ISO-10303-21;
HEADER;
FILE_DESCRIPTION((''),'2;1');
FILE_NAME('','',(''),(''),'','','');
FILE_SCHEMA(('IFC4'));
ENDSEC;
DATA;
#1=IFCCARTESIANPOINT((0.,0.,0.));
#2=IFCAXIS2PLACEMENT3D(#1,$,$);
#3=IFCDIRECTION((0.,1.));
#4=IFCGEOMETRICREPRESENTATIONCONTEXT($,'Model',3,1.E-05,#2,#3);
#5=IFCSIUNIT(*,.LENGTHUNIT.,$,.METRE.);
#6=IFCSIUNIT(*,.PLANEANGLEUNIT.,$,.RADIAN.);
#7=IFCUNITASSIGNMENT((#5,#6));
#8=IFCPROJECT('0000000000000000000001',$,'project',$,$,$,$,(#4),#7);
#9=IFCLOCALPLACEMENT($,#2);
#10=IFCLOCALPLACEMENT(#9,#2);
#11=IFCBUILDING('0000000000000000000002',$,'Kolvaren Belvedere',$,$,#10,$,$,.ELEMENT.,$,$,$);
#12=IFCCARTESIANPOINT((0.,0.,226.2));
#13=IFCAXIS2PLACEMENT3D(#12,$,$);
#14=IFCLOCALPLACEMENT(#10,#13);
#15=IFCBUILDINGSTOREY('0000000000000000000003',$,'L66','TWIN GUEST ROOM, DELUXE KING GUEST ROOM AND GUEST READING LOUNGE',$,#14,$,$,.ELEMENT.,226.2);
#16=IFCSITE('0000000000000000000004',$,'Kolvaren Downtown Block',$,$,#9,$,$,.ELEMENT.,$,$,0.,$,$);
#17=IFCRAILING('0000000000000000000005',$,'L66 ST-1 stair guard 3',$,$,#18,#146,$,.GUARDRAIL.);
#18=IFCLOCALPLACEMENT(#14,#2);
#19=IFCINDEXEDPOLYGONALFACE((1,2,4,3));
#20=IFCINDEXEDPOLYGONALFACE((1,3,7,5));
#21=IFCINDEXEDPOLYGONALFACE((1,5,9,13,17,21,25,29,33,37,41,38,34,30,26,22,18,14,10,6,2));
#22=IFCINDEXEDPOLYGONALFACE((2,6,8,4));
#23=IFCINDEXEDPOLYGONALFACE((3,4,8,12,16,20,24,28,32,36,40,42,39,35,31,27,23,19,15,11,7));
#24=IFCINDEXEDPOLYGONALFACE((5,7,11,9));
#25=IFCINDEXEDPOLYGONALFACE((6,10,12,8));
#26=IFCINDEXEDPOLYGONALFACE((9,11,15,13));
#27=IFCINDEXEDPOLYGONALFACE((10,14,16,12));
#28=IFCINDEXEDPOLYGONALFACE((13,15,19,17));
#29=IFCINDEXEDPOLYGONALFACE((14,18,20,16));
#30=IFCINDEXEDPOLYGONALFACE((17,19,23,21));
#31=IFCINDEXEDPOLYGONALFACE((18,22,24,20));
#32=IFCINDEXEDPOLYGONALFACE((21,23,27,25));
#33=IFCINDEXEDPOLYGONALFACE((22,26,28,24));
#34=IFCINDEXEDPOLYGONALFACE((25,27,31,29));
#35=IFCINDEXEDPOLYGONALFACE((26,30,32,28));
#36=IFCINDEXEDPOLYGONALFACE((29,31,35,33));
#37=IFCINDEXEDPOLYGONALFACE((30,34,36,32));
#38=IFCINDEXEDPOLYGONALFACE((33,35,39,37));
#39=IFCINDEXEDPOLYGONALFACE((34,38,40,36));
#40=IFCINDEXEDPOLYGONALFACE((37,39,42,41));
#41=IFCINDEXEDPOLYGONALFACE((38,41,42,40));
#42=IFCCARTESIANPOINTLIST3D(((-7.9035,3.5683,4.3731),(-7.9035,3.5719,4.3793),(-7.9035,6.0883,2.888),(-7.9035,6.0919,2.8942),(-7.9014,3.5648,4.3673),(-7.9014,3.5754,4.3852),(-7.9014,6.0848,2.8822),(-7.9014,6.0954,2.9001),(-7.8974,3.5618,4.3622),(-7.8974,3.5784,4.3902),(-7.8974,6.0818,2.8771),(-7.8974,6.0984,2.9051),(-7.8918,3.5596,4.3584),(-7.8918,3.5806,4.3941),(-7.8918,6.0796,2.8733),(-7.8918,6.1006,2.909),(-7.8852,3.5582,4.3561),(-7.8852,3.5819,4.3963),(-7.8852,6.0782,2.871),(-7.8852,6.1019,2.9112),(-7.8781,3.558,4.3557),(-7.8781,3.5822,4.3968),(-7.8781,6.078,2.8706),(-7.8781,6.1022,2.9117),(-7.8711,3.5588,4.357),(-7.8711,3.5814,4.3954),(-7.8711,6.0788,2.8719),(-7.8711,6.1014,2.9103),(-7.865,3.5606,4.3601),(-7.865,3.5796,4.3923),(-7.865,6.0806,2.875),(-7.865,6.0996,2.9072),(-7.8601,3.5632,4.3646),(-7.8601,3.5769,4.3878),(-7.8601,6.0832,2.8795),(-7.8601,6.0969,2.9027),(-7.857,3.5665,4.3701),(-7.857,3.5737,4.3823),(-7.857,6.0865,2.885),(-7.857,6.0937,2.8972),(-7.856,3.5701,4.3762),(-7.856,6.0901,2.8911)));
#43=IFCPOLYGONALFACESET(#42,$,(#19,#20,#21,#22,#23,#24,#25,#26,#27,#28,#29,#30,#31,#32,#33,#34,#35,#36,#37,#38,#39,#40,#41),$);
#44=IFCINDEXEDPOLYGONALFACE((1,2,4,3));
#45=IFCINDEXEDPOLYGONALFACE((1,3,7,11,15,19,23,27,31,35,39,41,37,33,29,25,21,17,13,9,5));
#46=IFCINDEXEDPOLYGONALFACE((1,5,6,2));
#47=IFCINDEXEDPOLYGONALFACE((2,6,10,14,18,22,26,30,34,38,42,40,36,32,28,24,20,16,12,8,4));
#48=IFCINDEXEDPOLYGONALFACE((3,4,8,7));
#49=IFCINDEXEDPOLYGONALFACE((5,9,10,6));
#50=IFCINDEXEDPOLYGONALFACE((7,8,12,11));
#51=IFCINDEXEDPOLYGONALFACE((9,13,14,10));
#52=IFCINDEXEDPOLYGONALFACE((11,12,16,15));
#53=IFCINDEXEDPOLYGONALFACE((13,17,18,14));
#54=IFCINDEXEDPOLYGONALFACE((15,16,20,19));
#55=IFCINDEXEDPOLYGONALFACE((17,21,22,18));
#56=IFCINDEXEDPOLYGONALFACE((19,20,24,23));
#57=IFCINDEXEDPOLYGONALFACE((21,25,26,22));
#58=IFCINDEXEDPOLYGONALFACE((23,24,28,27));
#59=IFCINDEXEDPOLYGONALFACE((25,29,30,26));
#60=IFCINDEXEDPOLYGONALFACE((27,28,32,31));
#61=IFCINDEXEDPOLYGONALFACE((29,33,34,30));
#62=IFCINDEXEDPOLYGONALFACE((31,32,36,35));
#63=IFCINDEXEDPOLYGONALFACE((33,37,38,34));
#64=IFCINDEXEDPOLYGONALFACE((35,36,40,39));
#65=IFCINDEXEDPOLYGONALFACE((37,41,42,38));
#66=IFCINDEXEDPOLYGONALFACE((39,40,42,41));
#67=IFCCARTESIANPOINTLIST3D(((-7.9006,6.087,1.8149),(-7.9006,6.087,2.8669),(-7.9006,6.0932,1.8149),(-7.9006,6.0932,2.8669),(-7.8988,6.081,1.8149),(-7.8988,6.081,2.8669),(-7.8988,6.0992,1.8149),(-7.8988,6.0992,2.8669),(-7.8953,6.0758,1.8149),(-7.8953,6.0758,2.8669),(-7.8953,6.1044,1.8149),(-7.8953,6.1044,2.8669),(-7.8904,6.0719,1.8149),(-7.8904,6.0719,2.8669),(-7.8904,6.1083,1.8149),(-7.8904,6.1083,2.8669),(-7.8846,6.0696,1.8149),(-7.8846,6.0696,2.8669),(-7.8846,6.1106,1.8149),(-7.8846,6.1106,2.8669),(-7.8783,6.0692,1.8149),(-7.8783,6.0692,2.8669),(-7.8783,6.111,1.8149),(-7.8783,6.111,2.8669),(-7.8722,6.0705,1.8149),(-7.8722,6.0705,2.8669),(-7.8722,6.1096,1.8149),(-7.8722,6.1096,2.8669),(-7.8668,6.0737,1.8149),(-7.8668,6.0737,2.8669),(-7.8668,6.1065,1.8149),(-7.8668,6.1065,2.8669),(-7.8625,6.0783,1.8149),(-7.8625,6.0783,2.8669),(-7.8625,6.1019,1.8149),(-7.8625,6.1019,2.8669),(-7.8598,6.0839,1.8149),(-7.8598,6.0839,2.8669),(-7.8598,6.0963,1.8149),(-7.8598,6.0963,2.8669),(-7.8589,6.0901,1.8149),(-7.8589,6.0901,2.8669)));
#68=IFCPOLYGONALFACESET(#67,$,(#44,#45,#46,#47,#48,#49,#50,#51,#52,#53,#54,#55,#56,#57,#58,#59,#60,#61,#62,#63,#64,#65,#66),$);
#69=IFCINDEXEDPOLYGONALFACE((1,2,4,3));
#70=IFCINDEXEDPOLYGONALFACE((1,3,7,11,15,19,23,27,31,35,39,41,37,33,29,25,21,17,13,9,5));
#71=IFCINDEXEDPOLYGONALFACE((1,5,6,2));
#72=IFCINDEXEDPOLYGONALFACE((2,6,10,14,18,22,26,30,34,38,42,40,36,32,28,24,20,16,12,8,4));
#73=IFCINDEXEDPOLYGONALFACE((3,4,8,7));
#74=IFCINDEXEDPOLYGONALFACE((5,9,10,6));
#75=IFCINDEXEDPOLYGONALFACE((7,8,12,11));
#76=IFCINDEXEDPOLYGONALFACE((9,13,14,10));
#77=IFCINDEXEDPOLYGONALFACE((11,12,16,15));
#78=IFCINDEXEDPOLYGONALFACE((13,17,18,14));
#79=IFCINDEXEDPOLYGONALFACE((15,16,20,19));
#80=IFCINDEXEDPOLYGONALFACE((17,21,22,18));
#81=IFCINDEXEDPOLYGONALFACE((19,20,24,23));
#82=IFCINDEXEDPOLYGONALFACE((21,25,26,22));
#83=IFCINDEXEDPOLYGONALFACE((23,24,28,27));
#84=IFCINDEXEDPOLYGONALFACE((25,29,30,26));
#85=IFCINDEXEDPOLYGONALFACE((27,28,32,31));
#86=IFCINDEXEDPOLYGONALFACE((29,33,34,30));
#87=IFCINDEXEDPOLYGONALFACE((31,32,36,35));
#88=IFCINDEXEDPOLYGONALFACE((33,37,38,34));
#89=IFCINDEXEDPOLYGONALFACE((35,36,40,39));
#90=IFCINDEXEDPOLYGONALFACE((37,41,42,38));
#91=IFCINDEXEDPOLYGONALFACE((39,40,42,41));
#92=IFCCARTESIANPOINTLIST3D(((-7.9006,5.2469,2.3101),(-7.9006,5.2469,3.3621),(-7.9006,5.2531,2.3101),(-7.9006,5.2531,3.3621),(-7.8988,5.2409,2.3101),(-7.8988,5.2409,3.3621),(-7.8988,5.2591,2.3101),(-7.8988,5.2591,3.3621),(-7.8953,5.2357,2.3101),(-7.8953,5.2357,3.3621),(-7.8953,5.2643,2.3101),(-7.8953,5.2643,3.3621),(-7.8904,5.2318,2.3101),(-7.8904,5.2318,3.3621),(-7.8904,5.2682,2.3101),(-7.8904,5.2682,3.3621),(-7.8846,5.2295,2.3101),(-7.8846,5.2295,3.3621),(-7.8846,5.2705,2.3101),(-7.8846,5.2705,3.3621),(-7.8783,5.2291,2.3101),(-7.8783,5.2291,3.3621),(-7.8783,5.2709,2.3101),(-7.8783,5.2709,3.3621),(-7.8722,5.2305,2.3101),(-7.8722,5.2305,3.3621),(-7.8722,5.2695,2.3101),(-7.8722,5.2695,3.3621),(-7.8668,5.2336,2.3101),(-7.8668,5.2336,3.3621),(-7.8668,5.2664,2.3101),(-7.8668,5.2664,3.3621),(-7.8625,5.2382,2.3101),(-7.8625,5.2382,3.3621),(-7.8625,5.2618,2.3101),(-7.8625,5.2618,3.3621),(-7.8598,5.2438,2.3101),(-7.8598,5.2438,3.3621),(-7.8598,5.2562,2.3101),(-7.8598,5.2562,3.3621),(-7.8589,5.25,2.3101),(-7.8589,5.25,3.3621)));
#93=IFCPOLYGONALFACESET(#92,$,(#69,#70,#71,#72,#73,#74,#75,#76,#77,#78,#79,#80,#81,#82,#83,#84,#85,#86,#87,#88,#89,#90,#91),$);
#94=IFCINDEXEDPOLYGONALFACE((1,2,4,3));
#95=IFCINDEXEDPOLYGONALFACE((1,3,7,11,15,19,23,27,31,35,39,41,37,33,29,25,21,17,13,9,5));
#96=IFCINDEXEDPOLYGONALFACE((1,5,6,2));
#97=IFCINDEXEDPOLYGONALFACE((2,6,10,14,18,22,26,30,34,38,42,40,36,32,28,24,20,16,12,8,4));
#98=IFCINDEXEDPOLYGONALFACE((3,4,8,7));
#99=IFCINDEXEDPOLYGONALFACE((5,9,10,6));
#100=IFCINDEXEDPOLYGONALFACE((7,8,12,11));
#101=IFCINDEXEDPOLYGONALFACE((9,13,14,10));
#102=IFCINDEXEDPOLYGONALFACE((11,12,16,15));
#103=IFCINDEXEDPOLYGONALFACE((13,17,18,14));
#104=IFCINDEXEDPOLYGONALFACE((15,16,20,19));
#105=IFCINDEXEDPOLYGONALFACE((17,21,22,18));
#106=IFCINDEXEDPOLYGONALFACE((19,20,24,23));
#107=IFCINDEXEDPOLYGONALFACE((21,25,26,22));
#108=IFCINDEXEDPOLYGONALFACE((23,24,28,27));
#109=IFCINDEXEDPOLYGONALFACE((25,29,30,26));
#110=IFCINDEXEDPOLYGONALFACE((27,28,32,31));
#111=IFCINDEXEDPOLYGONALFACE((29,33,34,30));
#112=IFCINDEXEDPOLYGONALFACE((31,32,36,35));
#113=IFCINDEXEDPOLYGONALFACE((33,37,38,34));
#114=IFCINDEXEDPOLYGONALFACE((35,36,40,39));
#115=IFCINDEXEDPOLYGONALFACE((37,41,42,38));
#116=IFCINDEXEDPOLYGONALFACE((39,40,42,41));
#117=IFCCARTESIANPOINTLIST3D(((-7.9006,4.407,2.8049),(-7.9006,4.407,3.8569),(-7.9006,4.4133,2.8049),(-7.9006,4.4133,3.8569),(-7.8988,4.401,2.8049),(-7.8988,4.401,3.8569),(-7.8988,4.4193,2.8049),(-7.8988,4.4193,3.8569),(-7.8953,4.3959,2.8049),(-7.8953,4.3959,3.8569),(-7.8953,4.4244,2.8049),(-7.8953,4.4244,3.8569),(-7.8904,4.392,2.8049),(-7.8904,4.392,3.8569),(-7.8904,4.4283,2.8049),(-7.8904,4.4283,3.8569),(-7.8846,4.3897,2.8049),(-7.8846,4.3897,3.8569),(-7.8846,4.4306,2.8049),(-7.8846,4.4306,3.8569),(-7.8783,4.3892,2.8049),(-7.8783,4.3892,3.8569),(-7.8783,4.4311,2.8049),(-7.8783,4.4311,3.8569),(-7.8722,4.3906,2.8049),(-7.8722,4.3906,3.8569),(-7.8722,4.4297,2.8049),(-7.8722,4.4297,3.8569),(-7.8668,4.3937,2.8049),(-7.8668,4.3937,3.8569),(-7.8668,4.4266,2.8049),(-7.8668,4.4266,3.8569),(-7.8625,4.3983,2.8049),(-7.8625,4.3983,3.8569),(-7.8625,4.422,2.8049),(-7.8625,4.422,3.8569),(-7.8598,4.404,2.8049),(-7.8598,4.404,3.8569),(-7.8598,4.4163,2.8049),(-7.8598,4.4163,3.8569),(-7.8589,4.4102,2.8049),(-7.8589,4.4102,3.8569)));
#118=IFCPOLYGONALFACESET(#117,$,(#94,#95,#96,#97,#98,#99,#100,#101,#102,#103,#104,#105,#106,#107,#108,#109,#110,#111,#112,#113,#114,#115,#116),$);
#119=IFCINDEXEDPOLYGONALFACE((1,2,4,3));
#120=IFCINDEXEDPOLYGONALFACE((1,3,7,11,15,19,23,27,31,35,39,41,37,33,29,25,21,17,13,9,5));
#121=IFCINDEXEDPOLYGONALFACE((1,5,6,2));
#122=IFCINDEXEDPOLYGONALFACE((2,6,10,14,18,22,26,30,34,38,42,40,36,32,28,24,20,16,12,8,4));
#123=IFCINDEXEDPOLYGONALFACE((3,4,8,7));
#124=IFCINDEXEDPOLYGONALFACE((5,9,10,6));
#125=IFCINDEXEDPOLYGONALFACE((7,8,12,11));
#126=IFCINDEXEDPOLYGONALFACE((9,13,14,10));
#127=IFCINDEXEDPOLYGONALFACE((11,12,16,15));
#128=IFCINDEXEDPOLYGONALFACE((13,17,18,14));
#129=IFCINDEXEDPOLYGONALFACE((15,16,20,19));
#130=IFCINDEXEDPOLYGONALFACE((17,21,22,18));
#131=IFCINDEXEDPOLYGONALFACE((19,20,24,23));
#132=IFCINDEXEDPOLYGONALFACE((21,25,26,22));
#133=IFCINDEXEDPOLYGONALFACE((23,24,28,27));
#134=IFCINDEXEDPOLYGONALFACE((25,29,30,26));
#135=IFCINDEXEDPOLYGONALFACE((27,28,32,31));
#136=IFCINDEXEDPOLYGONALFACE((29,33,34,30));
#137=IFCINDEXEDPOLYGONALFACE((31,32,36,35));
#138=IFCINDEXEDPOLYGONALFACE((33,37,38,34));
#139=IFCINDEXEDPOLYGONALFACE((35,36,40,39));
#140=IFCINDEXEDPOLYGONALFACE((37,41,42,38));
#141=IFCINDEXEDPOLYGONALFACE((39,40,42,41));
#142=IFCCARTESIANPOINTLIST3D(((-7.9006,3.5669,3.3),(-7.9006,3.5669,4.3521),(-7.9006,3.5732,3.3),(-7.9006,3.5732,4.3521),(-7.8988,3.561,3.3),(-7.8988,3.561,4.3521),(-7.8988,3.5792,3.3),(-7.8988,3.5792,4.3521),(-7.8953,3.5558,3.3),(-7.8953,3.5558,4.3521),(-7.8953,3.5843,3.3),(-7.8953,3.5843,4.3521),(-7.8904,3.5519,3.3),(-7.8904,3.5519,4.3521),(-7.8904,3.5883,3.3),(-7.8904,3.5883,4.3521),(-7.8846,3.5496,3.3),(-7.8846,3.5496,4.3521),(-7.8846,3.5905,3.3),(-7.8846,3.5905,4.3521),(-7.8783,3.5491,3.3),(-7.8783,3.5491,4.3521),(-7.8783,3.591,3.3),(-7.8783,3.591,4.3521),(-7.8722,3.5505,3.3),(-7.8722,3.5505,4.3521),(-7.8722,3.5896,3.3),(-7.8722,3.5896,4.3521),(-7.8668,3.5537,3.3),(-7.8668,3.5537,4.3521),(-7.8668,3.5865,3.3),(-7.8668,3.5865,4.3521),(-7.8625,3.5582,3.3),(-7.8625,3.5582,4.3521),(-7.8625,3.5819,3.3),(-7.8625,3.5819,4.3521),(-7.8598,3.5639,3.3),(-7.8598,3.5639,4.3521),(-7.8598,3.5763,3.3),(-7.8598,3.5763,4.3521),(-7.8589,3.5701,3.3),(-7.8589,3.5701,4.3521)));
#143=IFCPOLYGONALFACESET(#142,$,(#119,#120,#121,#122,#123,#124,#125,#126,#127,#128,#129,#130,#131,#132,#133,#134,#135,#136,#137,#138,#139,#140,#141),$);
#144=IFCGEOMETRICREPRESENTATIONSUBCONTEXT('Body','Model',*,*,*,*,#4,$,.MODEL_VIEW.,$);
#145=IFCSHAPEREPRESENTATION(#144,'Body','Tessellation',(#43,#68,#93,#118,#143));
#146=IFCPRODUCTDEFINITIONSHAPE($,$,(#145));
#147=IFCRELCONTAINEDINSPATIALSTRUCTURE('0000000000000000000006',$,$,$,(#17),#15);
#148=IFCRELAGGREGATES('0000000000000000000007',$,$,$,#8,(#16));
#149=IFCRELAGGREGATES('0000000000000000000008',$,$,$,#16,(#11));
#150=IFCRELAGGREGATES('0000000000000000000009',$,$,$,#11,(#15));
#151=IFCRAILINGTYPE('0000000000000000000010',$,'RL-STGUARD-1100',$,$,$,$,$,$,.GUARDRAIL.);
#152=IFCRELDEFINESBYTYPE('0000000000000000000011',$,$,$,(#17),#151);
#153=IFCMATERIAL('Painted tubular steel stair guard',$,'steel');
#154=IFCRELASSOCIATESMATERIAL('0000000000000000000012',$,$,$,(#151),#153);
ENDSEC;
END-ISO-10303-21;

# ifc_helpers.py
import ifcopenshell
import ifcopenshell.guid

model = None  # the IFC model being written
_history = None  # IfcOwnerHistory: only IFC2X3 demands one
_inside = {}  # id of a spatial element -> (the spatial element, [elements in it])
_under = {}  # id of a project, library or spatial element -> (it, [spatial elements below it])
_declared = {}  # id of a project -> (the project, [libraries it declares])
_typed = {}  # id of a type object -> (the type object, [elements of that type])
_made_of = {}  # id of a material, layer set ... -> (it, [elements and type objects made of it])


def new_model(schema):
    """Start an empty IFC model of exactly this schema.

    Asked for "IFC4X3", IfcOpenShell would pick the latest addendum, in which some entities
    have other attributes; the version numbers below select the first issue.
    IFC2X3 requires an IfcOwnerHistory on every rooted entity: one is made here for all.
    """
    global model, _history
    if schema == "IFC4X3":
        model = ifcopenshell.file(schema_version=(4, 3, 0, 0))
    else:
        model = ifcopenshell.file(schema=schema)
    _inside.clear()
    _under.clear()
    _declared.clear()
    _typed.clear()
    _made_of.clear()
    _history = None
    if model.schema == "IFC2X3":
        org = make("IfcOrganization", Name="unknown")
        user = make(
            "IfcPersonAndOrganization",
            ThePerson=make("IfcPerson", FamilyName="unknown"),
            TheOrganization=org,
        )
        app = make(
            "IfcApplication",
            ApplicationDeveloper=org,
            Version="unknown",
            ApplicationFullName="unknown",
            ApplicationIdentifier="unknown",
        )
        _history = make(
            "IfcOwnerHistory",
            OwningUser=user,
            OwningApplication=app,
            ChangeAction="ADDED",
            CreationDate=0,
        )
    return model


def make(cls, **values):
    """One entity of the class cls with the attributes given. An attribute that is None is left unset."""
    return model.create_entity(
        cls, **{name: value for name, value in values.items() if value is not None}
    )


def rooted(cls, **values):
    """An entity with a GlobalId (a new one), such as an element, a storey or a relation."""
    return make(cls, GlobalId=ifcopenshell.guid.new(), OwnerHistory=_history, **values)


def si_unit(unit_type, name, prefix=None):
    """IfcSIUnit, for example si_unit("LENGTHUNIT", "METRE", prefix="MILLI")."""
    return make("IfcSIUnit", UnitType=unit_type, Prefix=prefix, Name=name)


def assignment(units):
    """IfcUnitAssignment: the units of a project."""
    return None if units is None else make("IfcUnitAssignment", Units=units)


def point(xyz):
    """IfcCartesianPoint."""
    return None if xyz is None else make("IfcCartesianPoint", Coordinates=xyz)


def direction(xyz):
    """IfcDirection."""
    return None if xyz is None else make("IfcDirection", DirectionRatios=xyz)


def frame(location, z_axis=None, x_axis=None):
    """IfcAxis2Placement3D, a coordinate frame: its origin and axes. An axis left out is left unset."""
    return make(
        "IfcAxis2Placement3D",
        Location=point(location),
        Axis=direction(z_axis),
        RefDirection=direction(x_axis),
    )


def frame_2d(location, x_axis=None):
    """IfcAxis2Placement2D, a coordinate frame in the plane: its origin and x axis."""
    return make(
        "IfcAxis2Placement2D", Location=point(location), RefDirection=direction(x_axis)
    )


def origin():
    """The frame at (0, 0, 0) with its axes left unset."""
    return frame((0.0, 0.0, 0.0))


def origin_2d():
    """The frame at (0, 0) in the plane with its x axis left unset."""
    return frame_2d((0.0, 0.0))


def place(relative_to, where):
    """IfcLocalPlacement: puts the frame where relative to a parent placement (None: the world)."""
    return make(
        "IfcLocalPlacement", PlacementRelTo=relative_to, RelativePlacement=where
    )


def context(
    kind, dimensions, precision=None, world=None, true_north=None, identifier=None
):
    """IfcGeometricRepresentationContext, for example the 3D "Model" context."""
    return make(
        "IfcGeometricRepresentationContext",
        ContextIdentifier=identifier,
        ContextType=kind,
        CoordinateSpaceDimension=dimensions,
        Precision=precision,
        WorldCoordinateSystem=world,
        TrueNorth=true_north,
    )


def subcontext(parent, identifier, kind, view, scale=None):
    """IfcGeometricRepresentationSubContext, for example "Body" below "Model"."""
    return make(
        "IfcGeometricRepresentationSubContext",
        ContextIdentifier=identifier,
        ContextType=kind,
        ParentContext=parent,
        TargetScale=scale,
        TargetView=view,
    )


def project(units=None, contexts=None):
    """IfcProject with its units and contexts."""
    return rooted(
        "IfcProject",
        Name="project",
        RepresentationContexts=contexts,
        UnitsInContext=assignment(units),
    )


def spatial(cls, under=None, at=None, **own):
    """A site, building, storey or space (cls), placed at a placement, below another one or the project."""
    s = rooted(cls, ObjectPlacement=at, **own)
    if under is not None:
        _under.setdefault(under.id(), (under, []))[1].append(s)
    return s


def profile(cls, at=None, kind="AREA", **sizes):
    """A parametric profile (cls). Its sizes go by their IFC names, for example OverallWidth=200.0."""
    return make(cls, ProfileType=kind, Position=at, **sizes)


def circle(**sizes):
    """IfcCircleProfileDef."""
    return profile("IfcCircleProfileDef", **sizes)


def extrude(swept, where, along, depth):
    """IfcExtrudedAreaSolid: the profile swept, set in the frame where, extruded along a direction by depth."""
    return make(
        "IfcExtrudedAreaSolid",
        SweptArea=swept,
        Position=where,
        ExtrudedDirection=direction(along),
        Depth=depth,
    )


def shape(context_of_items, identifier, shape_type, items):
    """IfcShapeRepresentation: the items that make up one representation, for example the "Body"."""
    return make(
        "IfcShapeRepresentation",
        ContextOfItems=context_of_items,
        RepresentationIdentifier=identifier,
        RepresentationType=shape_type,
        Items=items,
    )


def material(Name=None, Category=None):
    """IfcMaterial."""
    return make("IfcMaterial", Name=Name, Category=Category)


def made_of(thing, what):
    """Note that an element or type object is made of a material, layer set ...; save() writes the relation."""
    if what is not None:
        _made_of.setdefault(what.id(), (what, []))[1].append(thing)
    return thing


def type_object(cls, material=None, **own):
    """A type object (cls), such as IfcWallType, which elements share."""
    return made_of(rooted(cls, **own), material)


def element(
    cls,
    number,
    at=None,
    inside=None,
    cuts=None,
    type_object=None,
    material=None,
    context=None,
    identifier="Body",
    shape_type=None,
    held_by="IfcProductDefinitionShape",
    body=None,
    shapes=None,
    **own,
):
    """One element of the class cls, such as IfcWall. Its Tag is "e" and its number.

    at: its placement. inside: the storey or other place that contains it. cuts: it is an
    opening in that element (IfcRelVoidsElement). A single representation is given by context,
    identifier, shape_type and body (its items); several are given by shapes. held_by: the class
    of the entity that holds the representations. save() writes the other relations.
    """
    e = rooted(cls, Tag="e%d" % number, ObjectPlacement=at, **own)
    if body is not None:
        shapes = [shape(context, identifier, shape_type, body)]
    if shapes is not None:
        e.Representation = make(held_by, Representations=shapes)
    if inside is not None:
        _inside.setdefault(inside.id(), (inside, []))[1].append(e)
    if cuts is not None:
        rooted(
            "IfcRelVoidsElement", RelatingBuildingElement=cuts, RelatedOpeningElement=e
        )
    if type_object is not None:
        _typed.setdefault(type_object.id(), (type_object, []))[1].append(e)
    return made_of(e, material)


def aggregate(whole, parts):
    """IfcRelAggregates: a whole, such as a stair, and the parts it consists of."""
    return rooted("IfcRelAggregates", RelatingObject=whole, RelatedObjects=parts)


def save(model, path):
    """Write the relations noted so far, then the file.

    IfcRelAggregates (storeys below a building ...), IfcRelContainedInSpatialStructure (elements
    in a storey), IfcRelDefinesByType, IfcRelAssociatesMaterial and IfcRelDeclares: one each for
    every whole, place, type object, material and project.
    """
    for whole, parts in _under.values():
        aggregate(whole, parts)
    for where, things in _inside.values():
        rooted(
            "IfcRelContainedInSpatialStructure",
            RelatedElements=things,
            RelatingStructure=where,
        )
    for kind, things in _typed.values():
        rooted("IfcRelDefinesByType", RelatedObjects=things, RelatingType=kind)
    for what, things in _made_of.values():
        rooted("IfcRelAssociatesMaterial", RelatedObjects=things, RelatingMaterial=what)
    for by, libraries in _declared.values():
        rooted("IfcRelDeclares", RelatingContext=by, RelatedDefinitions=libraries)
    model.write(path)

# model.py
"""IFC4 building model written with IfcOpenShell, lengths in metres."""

from ifc_helpers import new_model, si_unit, direction, frame, origin, origin_2d, place, context, subcontext, project, spatial, circle, extrude, material, type_object, element, save


model = new_model("IFC4")

# Units and contexts
model_context = context("Model", 3, precision=1e-05, world=origin(), true_north=direction((0.0, 1.0)))
body_context = subcontext(model_context, "Body", "Model", "MODEL_VIEW")
ifc_project = project(units=[si_unit("LENGTHUNIT", "METRE"), si_unit("PLANEANGLEUNIT", "RADIAN")], contexts=[model_context])

# Site, building, storey
site_placement = place(None, origin())
site = spatial("IfcSite", under=ifc_project, at=site_placement, Name="Kolvaren Downtown Block", CompositionType="ELEMENT", RefElevation=0.0)
building_placement = place(site_placement, origin())
building = spatial("IfcBuilding", under=site, at=building_placement, Name="Kolvaren Belvedere", CompositionType="ELEMENT")
storey_placement = place(building_placement, frame((0.0, 0.0, 226.2)))
storey = spatial("IfcBuildingStorey", under=building, at=storey_placement, Name="L66", Description="TWIN GUEST ROOM, DELUXE KING GUEST ROOM AND GUEST READING LOUNGE", CompositionType="ELEMENT", Elevation=226.2)

# Railing
ifc_material_1 = material(Name="Painted tubular steel stair guard", Category="steel")
railing_type_1 = type_object("IfcRailingType", Name="RL-STGUARD-1100", PredefinedType="GUARDRAIL", material=ifc_material_1)
railing_1_placement = place(storey_placement, frame((-7.8799, 6.0901, 1.8149)))
element("IfcRailing", 1, at=railing_1_placement, inside=storey, type_object=railing_type_1, Name="L66 ST-1 stair guard 3", PredefinedType="GUARDRAIL", context=body_context, shape_type="SweptSolid", body=[
    extrude(circle(Radius=0.0239, at=origin_2d()), frame((0.0, 0.0, 1.0762), z_axis=(0.0, -0.861524, 0.507717), x_axis=(1.0, 0.0, 0.0)), (0.0, 0.0, 1.0), 2.925),
    extrude(circle(Radius=0.021, at=origin_2d()), origin(), (0.0, 0.0, 1.0), 1.052),
    extrude(circle(Radius=0.021, at=origin_2d()), frame((0.0, -0.8401, 0.4951)), (0.0, 0.0, 1.0), 1.052),
    extrude(circle(Radius=0.021, at=origin_2d()), frame((0.0, -1.6799, 0.99)), (0.0, 0.0, 1.0), 1.052),
    extrude(circle(Radius=0.021, at=origin_2d()), frame((0.0, -2.52, 1.4851)), (0.0, 0.0, 1.0), 1.052),
])

save(model, "model.ifc")
